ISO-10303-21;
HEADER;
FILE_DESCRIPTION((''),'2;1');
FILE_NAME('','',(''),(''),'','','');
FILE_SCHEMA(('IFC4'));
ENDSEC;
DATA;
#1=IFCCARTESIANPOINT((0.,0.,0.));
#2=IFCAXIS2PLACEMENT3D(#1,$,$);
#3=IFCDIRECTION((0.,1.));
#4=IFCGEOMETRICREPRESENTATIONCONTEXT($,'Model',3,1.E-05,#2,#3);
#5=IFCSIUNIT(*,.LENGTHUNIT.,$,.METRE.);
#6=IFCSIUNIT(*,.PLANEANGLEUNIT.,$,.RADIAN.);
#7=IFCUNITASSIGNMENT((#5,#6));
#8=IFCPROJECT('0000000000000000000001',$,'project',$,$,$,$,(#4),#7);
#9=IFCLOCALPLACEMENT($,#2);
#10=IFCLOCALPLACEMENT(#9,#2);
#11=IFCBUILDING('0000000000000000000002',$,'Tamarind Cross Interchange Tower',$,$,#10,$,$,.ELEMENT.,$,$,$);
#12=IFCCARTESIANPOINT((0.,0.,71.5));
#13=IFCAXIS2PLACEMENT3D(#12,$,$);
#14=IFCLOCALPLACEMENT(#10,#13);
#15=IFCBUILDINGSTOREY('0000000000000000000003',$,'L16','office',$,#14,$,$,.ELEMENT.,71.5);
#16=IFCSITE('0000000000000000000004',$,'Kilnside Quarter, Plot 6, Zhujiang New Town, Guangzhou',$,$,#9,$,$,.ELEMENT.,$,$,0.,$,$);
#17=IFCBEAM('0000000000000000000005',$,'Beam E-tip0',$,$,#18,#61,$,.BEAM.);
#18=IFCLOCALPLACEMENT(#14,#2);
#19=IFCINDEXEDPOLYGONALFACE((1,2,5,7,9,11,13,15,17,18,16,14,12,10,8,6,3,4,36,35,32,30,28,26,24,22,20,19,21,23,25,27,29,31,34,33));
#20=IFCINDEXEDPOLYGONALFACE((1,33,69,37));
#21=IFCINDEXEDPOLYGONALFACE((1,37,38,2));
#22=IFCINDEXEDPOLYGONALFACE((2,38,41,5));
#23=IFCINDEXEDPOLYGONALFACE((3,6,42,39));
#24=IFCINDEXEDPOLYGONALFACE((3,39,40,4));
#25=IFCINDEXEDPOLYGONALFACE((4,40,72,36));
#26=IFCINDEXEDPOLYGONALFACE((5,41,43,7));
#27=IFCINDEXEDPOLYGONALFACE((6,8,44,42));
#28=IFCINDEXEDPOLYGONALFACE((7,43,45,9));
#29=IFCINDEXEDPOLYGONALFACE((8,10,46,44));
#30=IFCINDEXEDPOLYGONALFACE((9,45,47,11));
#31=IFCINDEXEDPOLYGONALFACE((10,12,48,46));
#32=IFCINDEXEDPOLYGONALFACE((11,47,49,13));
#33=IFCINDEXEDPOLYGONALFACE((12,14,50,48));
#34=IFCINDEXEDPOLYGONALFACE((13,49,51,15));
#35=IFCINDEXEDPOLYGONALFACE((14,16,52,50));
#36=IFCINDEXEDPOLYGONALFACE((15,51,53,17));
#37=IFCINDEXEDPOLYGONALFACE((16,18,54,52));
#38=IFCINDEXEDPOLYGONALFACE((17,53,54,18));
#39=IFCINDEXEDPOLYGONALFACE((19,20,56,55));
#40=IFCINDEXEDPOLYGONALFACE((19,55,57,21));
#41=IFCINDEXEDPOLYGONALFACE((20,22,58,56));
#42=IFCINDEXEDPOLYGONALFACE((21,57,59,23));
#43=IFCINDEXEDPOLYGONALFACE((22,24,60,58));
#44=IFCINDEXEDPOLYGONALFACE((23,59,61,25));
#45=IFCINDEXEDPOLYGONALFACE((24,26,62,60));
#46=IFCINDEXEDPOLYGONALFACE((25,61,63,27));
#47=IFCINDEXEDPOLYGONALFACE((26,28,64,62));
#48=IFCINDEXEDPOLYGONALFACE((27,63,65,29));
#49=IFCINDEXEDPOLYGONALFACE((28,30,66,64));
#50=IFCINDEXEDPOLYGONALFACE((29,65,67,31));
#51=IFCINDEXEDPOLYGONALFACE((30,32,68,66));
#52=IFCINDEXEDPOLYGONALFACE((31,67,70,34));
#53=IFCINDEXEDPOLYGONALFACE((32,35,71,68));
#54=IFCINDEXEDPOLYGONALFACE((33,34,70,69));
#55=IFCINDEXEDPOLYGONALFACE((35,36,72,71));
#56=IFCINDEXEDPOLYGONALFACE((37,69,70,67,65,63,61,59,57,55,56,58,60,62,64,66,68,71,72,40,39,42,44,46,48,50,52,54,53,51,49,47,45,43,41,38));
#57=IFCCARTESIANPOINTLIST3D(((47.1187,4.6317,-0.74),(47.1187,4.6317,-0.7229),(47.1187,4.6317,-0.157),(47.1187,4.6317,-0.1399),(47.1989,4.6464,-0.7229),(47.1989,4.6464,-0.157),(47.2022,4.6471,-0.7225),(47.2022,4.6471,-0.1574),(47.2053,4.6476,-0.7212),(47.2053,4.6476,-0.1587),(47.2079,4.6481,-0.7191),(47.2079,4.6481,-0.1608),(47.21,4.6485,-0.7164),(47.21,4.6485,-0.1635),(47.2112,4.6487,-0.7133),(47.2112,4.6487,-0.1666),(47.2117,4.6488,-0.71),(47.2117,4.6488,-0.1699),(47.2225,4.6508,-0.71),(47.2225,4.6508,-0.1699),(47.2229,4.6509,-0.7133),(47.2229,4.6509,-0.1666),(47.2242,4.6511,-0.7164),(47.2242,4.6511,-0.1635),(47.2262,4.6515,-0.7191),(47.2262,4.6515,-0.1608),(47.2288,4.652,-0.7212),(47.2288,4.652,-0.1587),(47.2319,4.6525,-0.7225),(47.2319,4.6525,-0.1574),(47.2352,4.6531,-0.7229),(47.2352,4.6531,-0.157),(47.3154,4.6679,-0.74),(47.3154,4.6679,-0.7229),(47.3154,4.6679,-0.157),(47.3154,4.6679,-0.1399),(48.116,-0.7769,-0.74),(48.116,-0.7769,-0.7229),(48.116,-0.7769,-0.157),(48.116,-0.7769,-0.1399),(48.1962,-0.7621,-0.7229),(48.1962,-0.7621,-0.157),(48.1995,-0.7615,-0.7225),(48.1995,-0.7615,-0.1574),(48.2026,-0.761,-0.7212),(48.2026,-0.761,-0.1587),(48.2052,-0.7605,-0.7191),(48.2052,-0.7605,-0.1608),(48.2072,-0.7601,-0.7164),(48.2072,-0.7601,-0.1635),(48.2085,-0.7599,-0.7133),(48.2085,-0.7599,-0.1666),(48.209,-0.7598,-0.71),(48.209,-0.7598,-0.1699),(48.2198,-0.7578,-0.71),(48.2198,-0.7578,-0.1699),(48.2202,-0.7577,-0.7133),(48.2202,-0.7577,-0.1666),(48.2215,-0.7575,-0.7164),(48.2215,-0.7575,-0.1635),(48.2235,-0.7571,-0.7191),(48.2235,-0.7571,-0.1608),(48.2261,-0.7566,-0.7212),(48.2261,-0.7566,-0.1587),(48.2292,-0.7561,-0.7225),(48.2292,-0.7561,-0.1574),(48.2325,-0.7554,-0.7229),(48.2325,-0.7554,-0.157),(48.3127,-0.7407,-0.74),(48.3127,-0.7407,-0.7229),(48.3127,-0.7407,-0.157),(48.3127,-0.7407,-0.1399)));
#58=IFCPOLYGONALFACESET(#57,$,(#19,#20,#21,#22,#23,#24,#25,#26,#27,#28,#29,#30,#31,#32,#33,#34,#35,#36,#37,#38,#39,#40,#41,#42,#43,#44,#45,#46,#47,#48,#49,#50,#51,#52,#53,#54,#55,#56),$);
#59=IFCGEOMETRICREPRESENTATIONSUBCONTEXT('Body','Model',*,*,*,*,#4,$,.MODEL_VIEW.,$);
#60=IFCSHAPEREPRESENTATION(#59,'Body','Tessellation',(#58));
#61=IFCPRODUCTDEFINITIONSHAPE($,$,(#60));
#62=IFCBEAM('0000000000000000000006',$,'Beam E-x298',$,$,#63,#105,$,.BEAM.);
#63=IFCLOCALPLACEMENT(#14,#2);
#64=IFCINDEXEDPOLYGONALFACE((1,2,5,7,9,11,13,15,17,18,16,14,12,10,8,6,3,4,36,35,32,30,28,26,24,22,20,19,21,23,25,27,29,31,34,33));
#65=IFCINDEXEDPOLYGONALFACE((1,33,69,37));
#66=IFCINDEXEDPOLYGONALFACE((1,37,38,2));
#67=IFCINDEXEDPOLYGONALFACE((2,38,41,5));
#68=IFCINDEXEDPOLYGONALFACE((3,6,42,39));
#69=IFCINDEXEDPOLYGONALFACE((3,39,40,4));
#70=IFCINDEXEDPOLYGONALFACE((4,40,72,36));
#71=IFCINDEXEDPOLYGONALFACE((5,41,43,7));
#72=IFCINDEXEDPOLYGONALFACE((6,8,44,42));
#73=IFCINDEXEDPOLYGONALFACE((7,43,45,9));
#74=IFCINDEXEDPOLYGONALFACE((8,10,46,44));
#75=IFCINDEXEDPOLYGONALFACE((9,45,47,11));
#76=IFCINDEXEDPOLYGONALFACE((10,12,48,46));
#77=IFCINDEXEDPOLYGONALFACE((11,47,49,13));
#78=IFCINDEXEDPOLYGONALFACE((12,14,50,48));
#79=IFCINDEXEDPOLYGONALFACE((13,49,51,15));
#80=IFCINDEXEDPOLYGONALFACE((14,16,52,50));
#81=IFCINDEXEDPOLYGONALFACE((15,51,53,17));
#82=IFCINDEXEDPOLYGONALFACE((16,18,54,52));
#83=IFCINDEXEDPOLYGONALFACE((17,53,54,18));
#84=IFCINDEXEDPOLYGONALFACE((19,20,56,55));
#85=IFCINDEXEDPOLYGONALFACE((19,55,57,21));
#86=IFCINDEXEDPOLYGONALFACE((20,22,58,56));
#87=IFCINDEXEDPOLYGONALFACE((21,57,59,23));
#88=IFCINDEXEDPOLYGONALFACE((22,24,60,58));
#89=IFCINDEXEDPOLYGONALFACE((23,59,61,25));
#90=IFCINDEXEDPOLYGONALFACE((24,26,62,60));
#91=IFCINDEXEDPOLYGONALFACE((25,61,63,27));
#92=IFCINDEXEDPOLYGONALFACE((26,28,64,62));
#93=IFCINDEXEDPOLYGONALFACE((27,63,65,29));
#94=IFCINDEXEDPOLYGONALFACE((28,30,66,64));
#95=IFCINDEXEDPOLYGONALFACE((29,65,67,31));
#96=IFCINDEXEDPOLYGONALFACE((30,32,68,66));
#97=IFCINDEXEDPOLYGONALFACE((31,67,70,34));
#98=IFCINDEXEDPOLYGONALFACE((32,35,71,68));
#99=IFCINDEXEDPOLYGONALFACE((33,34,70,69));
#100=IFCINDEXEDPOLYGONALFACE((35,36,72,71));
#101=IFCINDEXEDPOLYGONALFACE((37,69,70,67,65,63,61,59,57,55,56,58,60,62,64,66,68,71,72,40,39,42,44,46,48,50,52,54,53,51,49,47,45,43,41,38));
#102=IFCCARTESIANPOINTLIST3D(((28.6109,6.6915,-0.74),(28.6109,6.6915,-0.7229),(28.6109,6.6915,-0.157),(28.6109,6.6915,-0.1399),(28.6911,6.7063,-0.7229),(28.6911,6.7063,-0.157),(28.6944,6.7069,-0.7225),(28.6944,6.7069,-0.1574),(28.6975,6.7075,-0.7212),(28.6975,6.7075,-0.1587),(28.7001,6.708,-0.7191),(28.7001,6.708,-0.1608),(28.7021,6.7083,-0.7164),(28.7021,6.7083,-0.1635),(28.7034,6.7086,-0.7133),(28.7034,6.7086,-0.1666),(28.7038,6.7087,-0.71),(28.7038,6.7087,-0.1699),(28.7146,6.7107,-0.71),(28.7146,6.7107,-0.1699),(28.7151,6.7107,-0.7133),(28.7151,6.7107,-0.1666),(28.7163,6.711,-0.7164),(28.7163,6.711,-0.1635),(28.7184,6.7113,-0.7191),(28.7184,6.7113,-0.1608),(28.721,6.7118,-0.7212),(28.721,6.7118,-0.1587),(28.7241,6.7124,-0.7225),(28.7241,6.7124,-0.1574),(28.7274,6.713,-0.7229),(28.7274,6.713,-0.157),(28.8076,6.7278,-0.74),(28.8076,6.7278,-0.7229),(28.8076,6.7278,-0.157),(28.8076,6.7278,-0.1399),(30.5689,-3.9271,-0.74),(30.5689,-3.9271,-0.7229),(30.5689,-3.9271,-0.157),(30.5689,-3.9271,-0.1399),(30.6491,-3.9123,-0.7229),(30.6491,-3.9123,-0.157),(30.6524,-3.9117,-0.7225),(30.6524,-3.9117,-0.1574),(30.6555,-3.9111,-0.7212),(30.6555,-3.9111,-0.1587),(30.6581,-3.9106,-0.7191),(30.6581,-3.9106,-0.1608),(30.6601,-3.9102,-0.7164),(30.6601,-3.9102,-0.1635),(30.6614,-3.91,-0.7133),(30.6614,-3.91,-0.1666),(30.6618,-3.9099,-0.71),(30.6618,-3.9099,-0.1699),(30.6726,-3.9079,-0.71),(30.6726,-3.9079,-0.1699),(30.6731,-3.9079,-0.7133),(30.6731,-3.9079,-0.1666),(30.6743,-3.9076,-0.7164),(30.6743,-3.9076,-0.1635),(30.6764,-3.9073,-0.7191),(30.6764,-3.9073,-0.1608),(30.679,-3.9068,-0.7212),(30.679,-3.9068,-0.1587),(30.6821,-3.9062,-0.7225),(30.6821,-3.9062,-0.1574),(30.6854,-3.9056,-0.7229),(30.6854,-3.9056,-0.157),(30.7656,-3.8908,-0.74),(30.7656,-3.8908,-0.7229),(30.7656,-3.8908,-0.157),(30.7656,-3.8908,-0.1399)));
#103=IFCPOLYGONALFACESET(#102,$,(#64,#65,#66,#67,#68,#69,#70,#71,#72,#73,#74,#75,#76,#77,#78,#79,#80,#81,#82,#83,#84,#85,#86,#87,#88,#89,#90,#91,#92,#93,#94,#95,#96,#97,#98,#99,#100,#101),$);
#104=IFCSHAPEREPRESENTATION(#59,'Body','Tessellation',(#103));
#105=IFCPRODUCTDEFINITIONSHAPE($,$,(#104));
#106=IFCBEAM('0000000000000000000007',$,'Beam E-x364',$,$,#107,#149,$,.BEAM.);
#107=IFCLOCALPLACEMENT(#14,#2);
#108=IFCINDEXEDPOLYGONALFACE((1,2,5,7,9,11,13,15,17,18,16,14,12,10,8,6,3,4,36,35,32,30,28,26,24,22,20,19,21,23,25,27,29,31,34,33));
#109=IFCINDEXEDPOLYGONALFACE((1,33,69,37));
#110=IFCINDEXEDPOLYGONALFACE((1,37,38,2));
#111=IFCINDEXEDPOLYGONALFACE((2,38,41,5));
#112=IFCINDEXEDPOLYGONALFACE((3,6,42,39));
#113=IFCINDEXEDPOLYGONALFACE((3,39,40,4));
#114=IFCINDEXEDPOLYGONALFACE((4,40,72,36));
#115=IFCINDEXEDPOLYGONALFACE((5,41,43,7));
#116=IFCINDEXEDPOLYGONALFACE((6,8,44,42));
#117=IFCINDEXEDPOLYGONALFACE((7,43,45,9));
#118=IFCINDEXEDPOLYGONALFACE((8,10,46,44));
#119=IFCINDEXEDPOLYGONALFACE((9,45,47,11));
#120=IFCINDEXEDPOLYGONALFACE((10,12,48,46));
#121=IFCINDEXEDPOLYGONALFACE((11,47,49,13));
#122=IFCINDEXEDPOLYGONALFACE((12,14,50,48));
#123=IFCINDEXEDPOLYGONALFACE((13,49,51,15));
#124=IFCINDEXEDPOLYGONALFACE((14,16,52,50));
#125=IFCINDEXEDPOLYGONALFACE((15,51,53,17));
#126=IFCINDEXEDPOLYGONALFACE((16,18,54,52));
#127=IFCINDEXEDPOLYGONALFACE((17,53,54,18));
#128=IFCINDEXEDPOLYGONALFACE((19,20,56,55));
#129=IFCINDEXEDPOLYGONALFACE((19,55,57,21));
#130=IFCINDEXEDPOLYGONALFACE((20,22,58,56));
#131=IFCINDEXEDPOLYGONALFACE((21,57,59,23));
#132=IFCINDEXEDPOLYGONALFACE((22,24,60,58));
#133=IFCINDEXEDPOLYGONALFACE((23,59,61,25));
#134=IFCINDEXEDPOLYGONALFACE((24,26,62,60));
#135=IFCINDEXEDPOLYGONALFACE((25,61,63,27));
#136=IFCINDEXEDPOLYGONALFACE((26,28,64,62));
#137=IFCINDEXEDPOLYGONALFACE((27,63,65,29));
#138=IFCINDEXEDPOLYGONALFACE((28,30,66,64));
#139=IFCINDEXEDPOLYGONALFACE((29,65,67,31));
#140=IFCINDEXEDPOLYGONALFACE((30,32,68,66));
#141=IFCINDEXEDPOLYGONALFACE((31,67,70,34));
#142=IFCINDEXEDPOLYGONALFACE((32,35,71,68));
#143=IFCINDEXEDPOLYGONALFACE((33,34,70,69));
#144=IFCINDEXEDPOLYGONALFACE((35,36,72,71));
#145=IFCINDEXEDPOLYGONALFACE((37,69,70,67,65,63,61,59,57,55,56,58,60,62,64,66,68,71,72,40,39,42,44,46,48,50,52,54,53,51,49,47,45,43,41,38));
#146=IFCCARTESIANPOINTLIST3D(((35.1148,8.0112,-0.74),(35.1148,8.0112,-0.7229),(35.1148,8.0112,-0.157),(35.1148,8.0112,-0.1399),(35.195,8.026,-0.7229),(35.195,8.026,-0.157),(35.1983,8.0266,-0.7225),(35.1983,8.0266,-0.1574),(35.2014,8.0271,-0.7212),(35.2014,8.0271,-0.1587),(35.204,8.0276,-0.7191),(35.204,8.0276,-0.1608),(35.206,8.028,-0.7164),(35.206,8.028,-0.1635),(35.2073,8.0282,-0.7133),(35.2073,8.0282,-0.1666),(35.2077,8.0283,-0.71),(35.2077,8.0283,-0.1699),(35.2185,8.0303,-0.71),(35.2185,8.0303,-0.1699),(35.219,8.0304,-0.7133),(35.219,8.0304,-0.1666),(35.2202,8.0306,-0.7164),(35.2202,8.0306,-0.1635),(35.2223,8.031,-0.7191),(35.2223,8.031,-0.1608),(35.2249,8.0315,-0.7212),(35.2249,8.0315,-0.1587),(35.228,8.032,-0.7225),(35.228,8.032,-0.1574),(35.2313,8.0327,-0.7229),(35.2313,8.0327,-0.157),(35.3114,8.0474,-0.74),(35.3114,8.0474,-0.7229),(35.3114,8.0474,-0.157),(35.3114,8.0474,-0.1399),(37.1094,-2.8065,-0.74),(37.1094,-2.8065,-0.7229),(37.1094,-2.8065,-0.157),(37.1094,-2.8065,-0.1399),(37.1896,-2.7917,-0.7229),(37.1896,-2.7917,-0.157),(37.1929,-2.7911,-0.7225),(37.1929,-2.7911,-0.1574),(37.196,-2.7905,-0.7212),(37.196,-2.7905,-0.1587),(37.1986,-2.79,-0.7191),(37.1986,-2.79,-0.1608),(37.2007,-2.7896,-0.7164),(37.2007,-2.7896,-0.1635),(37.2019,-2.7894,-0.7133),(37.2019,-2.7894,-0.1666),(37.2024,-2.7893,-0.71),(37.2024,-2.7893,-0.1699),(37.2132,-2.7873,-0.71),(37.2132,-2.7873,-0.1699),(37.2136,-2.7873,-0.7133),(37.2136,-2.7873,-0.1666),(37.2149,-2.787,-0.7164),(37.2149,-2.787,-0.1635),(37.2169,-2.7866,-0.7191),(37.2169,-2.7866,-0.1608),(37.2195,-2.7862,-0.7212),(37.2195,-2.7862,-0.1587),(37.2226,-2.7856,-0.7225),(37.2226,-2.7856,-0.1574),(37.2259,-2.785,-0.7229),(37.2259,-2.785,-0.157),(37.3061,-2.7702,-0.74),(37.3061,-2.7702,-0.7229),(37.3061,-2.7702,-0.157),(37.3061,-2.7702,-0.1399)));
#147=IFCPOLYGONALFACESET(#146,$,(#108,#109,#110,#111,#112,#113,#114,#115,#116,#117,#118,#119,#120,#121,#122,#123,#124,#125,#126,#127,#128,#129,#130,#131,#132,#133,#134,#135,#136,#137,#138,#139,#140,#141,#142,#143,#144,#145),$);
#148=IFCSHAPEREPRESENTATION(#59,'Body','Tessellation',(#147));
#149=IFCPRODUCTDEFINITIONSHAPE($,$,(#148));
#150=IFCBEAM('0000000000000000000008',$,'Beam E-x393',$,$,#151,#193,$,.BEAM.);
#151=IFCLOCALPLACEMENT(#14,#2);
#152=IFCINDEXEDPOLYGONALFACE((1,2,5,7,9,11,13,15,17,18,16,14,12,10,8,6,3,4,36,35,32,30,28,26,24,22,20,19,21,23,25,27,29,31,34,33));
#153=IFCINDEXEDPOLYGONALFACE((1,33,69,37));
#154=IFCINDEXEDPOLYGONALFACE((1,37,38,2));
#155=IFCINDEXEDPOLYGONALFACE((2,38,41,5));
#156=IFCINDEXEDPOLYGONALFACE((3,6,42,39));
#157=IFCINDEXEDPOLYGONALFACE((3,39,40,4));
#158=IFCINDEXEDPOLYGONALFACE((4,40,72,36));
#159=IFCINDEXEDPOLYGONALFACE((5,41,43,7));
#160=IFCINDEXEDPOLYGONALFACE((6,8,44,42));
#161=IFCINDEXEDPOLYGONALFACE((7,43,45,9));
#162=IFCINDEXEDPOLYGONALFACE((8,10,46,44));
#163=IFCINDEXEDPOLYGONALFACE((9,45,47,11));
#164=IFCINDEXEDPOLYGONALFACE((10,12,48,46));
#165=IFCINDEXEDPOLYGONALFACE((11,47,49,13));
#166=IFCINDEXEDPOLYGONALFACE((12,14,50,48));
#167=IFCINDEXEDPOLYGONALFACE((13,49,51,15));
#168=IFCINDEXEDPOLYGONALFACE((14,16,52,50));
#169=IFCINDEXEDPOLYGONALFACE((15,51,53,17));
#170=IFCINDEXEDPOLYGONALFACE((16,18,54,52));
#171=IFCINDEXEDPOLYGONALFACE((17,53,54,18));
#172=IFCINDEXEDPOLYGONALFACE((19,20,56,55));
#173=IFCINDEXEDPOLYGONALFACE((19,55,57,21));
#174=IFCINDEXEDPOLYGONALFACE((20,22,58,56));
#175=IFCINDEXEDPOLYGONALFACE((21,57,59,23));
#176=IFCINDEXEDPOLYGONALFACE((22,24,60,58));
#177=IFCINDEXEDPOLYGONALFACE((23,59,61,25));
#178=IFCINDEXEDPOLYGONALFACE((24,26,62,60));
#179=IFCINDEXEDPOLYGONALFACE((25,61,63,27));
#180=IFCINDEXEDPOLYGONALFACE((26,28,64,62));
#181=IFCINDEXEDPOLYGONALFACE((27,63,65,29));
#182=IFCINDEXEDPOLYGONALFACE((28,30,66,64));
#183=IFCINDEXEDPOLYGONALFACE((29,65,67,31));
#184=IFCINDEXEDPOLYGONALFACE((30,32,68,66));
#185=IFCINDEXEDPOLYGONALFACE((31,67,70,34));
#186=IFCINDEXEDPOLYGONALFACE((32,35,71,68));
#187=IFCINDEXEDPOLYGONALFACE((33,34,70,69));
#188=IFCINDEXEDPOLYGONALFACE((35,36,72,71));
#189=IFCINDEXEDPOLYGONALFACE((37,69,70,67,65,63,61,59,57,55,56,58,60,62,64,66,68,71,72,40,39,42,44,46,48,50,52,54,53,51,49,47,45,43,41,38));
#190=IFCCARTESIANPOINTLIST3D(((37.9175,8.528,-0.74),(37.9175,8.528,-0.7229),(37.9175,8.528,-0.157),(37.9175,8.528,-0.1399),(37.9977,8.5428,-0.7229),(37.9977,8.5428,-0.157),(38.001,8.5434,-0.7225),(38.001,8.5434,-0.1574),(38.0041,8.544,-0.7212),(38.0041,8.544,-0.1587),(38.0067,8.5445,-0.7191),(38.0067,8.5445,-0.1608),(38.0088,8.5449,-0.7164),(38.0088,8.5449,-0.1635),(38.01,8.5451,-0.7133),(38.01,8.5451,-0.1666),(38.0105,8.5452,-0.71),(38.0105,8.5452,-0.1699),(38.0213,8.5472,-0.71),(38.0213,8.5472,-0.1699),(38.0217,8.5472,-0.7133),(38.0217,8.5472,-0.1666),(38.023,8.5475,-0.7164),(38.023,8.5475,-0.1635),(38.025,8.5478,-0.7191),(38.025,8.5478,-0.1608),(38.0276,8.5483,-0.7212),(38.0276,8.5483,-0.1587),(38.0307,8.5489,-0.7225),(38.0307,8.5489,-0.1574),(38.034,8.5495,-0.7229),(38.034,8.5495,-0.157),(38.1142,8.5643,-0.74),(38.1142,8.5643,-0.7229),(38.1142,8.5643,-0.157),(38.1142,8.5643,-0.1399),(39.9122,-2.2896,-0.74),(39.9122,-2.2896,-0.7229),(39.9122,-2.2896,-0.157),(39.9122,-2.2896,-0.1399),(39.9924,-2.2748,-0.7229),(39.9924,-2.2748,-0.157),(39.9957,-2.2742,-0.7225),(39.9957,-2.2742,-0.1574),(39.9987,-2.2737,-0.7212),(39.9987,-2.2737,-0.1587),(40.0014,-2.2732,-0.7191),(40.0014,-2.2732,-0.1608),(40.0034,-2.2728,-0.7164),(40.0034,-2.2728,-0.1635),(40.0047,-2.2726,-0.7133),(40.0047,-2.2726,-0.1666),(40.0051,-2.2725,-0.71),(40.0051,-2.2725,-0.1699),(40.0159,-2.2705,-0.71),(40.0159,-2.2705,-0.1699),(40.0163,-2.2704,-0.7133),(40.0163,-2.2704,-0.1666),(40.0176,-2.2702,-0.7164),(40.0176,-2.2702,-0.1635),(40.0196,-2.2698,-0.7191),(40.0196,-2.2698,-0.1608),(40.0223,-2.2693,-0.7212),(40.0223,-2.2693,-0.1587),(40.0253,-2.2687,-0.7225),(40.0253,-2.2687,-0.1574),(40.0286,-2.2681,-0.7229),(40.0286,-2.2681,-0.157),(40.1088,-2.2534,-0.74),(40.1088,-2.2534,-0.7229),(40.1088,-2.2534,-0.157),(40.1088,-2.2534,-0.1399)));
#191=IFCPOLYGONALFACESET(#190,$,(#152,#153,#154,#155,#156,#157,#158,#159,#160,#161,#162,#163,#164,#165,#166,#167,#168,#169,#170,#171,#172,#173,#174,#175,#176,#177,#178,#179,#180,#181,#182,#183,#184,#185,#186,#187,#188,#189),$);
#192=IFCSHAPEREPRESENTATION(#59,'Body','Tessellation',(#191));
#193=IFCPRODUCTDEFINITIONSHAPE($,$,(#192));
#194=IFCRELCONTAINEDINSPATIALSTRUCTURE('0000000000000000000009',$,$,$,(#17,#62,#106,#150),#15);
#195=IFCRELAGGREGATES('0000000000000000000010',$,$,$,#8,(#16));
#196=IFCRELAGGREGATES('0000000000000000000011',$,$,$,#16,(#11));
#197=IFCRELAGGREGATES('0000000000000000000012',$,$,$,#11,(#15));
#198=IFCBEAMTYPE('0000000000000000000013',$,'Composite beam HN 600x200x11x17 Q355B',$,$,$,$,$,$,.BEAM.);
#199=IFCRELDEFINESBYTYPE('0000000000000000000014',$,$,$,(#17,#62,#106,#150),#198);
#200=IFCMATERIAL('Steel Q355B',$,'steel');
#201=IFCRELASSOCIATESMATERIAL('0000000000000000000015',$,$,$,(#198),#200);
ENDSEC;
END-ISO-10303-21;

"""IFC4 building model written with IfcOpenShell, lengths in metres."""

from ifc_helpers import new_model, si_unit, direction, frame, origin, origin_2d, place, context, subcontext, project, spatial, i_section, extrude, material, material_profile, profile_set, type_object, element, save


model = new_model("IFC4")

# Units and contexts
model_context = context("Model", 3, precision=1e-05, world=origin(), true_north=direction((0.0, 1.0)))
body_context = subcontext(model_context, "Body", "Model", "MODEL_VIEW")
ifc_project = project(units=[si_unit("LENGTHUNIT", "METRE"), si_unit("PLANEANGLEUNIT", "RADIAN")], contexts=[model_context])

# Site, building, storey
site_placement = place(None, origin())
site = spatial("IfcSite", under=ifc_project, at=site_placement, Name="Kilnside Quarter, Plot 6, Zhujiang New Town, Guangzhou", CompositionType="ELEMENT", RefElevation=0.0)
building_placement = place(site_placement, origin())
building = spatial("IfcBuilding", under=site, at=building_placement, Name="Tamarind Cross Interchange Tower", CompositionType="ELEMENT")
storey_placement = place(building_placement, frame((0.0, 0.0, 71.5)))
storey = spatial("IfcBuildingStorey", under=building, at=storey_placement, Name="L16", Description="office", CompositionType="ELEMENT", Elevation=71.5)

# Beams
ifc_material_1 = material(Name="Steel Q355B", Category="steel")
ifc_material_profile_1 = material_profile(ifc_material_1, i_section(OverallWidth=0.2, OverallDepth=0.6001, WebThickness=0.011, FlangeThickness=0.0171, FilletRadius=0.0129, at=origin_2d()), Name="HN 600x200x11x17")
ifc_profile_set_1 = profile_set([ifc_material_profile_1], Name="Steel Q355B")
beam_type_1 = type_object("IfcBeamType", Name="Composite beam HN 600x200x11x17 Q355B", PredefinedType="BEAM", material=ifc_profile_set_1)
beam_1_placement = place(storey_placement, frame((48.2144, -0.7588, -0.4399), z_axis=(-0.181334, 0.983422, 0.0), x_axis=(-0.983422, -0.181334, 0.0)))
element("IfcBeam", 1, at=beam_1_placement, inside=storey, type_object=beam_type_1, Name="Beam E-tip0", PredefinedType="BEAM", context=body_context, shape_type="SweptSolid", body=[
    extrude(i_section(OverallWidth=0.2, OverallDepth=0.6001, WebThickness=0.011, FlangeThickness=0.0171, FilletRadius=0.0129, at=origin_2d()), origin(), (0.0, 0.0, 1.0), 5.4998),
])
beam_2_placement = place(storey_placement, frame((30.6672, -3.9089, -0.4399), z_axis=(-0.181336, 0.983421, 0.0), x_axis=(-0.983421, -0.181336, 0.0)))
element("IfcBeam", 2, at=beam_2_placement, inside=storey, type_object=beam_type_1, Name="Beam E-x298", PredefinedType="BEAM", context=body_context, shape_type="SweptSolid", body=[
    extrude(i_section(OverallWidth=0.2, OverallDepth=0.6001, WebThickness=0.011, FlangeThickness=0.0171, FilletRadius=0.0129, at=origin_2d()), origin(), (0.0, 0.0, 1.0), 10.7976),
])
for number, where, z_axis, x_axis, name in (
    (3, (37.2078, -2.7883, -0.4399), (-0.18133, 0.983422, 0.0), (-0.983422, -0.18133, 0.0), "Beam E-x364"),
    (4, (40.0105, -2.2715, -0.4399), (-0.18133, 0.983422, 0.0), (-0.983422, -0.18133, 0.0), "Beam E-x393"),
):
    element("IfcBeam", number, at=place(storey_placement, frame(where, z_axis=z_axis, x_axis=x_axis)), inside=storey, type_object=beam_type_1, Name=name, PredefinedType="BEAM", context=body_context, shape_type="SweptSolid", body=[
        extrude(i_section(OverallWidth=0.2, OverallDepth=0.6001, WebThickness=0.011, FlangeThickness=0.0171, FilletRadius=0.0129, at=origin_2d()), origin(), (0.0, 0.0, 1.0), 11.0),
    ])

save(model, "model.ifc")
